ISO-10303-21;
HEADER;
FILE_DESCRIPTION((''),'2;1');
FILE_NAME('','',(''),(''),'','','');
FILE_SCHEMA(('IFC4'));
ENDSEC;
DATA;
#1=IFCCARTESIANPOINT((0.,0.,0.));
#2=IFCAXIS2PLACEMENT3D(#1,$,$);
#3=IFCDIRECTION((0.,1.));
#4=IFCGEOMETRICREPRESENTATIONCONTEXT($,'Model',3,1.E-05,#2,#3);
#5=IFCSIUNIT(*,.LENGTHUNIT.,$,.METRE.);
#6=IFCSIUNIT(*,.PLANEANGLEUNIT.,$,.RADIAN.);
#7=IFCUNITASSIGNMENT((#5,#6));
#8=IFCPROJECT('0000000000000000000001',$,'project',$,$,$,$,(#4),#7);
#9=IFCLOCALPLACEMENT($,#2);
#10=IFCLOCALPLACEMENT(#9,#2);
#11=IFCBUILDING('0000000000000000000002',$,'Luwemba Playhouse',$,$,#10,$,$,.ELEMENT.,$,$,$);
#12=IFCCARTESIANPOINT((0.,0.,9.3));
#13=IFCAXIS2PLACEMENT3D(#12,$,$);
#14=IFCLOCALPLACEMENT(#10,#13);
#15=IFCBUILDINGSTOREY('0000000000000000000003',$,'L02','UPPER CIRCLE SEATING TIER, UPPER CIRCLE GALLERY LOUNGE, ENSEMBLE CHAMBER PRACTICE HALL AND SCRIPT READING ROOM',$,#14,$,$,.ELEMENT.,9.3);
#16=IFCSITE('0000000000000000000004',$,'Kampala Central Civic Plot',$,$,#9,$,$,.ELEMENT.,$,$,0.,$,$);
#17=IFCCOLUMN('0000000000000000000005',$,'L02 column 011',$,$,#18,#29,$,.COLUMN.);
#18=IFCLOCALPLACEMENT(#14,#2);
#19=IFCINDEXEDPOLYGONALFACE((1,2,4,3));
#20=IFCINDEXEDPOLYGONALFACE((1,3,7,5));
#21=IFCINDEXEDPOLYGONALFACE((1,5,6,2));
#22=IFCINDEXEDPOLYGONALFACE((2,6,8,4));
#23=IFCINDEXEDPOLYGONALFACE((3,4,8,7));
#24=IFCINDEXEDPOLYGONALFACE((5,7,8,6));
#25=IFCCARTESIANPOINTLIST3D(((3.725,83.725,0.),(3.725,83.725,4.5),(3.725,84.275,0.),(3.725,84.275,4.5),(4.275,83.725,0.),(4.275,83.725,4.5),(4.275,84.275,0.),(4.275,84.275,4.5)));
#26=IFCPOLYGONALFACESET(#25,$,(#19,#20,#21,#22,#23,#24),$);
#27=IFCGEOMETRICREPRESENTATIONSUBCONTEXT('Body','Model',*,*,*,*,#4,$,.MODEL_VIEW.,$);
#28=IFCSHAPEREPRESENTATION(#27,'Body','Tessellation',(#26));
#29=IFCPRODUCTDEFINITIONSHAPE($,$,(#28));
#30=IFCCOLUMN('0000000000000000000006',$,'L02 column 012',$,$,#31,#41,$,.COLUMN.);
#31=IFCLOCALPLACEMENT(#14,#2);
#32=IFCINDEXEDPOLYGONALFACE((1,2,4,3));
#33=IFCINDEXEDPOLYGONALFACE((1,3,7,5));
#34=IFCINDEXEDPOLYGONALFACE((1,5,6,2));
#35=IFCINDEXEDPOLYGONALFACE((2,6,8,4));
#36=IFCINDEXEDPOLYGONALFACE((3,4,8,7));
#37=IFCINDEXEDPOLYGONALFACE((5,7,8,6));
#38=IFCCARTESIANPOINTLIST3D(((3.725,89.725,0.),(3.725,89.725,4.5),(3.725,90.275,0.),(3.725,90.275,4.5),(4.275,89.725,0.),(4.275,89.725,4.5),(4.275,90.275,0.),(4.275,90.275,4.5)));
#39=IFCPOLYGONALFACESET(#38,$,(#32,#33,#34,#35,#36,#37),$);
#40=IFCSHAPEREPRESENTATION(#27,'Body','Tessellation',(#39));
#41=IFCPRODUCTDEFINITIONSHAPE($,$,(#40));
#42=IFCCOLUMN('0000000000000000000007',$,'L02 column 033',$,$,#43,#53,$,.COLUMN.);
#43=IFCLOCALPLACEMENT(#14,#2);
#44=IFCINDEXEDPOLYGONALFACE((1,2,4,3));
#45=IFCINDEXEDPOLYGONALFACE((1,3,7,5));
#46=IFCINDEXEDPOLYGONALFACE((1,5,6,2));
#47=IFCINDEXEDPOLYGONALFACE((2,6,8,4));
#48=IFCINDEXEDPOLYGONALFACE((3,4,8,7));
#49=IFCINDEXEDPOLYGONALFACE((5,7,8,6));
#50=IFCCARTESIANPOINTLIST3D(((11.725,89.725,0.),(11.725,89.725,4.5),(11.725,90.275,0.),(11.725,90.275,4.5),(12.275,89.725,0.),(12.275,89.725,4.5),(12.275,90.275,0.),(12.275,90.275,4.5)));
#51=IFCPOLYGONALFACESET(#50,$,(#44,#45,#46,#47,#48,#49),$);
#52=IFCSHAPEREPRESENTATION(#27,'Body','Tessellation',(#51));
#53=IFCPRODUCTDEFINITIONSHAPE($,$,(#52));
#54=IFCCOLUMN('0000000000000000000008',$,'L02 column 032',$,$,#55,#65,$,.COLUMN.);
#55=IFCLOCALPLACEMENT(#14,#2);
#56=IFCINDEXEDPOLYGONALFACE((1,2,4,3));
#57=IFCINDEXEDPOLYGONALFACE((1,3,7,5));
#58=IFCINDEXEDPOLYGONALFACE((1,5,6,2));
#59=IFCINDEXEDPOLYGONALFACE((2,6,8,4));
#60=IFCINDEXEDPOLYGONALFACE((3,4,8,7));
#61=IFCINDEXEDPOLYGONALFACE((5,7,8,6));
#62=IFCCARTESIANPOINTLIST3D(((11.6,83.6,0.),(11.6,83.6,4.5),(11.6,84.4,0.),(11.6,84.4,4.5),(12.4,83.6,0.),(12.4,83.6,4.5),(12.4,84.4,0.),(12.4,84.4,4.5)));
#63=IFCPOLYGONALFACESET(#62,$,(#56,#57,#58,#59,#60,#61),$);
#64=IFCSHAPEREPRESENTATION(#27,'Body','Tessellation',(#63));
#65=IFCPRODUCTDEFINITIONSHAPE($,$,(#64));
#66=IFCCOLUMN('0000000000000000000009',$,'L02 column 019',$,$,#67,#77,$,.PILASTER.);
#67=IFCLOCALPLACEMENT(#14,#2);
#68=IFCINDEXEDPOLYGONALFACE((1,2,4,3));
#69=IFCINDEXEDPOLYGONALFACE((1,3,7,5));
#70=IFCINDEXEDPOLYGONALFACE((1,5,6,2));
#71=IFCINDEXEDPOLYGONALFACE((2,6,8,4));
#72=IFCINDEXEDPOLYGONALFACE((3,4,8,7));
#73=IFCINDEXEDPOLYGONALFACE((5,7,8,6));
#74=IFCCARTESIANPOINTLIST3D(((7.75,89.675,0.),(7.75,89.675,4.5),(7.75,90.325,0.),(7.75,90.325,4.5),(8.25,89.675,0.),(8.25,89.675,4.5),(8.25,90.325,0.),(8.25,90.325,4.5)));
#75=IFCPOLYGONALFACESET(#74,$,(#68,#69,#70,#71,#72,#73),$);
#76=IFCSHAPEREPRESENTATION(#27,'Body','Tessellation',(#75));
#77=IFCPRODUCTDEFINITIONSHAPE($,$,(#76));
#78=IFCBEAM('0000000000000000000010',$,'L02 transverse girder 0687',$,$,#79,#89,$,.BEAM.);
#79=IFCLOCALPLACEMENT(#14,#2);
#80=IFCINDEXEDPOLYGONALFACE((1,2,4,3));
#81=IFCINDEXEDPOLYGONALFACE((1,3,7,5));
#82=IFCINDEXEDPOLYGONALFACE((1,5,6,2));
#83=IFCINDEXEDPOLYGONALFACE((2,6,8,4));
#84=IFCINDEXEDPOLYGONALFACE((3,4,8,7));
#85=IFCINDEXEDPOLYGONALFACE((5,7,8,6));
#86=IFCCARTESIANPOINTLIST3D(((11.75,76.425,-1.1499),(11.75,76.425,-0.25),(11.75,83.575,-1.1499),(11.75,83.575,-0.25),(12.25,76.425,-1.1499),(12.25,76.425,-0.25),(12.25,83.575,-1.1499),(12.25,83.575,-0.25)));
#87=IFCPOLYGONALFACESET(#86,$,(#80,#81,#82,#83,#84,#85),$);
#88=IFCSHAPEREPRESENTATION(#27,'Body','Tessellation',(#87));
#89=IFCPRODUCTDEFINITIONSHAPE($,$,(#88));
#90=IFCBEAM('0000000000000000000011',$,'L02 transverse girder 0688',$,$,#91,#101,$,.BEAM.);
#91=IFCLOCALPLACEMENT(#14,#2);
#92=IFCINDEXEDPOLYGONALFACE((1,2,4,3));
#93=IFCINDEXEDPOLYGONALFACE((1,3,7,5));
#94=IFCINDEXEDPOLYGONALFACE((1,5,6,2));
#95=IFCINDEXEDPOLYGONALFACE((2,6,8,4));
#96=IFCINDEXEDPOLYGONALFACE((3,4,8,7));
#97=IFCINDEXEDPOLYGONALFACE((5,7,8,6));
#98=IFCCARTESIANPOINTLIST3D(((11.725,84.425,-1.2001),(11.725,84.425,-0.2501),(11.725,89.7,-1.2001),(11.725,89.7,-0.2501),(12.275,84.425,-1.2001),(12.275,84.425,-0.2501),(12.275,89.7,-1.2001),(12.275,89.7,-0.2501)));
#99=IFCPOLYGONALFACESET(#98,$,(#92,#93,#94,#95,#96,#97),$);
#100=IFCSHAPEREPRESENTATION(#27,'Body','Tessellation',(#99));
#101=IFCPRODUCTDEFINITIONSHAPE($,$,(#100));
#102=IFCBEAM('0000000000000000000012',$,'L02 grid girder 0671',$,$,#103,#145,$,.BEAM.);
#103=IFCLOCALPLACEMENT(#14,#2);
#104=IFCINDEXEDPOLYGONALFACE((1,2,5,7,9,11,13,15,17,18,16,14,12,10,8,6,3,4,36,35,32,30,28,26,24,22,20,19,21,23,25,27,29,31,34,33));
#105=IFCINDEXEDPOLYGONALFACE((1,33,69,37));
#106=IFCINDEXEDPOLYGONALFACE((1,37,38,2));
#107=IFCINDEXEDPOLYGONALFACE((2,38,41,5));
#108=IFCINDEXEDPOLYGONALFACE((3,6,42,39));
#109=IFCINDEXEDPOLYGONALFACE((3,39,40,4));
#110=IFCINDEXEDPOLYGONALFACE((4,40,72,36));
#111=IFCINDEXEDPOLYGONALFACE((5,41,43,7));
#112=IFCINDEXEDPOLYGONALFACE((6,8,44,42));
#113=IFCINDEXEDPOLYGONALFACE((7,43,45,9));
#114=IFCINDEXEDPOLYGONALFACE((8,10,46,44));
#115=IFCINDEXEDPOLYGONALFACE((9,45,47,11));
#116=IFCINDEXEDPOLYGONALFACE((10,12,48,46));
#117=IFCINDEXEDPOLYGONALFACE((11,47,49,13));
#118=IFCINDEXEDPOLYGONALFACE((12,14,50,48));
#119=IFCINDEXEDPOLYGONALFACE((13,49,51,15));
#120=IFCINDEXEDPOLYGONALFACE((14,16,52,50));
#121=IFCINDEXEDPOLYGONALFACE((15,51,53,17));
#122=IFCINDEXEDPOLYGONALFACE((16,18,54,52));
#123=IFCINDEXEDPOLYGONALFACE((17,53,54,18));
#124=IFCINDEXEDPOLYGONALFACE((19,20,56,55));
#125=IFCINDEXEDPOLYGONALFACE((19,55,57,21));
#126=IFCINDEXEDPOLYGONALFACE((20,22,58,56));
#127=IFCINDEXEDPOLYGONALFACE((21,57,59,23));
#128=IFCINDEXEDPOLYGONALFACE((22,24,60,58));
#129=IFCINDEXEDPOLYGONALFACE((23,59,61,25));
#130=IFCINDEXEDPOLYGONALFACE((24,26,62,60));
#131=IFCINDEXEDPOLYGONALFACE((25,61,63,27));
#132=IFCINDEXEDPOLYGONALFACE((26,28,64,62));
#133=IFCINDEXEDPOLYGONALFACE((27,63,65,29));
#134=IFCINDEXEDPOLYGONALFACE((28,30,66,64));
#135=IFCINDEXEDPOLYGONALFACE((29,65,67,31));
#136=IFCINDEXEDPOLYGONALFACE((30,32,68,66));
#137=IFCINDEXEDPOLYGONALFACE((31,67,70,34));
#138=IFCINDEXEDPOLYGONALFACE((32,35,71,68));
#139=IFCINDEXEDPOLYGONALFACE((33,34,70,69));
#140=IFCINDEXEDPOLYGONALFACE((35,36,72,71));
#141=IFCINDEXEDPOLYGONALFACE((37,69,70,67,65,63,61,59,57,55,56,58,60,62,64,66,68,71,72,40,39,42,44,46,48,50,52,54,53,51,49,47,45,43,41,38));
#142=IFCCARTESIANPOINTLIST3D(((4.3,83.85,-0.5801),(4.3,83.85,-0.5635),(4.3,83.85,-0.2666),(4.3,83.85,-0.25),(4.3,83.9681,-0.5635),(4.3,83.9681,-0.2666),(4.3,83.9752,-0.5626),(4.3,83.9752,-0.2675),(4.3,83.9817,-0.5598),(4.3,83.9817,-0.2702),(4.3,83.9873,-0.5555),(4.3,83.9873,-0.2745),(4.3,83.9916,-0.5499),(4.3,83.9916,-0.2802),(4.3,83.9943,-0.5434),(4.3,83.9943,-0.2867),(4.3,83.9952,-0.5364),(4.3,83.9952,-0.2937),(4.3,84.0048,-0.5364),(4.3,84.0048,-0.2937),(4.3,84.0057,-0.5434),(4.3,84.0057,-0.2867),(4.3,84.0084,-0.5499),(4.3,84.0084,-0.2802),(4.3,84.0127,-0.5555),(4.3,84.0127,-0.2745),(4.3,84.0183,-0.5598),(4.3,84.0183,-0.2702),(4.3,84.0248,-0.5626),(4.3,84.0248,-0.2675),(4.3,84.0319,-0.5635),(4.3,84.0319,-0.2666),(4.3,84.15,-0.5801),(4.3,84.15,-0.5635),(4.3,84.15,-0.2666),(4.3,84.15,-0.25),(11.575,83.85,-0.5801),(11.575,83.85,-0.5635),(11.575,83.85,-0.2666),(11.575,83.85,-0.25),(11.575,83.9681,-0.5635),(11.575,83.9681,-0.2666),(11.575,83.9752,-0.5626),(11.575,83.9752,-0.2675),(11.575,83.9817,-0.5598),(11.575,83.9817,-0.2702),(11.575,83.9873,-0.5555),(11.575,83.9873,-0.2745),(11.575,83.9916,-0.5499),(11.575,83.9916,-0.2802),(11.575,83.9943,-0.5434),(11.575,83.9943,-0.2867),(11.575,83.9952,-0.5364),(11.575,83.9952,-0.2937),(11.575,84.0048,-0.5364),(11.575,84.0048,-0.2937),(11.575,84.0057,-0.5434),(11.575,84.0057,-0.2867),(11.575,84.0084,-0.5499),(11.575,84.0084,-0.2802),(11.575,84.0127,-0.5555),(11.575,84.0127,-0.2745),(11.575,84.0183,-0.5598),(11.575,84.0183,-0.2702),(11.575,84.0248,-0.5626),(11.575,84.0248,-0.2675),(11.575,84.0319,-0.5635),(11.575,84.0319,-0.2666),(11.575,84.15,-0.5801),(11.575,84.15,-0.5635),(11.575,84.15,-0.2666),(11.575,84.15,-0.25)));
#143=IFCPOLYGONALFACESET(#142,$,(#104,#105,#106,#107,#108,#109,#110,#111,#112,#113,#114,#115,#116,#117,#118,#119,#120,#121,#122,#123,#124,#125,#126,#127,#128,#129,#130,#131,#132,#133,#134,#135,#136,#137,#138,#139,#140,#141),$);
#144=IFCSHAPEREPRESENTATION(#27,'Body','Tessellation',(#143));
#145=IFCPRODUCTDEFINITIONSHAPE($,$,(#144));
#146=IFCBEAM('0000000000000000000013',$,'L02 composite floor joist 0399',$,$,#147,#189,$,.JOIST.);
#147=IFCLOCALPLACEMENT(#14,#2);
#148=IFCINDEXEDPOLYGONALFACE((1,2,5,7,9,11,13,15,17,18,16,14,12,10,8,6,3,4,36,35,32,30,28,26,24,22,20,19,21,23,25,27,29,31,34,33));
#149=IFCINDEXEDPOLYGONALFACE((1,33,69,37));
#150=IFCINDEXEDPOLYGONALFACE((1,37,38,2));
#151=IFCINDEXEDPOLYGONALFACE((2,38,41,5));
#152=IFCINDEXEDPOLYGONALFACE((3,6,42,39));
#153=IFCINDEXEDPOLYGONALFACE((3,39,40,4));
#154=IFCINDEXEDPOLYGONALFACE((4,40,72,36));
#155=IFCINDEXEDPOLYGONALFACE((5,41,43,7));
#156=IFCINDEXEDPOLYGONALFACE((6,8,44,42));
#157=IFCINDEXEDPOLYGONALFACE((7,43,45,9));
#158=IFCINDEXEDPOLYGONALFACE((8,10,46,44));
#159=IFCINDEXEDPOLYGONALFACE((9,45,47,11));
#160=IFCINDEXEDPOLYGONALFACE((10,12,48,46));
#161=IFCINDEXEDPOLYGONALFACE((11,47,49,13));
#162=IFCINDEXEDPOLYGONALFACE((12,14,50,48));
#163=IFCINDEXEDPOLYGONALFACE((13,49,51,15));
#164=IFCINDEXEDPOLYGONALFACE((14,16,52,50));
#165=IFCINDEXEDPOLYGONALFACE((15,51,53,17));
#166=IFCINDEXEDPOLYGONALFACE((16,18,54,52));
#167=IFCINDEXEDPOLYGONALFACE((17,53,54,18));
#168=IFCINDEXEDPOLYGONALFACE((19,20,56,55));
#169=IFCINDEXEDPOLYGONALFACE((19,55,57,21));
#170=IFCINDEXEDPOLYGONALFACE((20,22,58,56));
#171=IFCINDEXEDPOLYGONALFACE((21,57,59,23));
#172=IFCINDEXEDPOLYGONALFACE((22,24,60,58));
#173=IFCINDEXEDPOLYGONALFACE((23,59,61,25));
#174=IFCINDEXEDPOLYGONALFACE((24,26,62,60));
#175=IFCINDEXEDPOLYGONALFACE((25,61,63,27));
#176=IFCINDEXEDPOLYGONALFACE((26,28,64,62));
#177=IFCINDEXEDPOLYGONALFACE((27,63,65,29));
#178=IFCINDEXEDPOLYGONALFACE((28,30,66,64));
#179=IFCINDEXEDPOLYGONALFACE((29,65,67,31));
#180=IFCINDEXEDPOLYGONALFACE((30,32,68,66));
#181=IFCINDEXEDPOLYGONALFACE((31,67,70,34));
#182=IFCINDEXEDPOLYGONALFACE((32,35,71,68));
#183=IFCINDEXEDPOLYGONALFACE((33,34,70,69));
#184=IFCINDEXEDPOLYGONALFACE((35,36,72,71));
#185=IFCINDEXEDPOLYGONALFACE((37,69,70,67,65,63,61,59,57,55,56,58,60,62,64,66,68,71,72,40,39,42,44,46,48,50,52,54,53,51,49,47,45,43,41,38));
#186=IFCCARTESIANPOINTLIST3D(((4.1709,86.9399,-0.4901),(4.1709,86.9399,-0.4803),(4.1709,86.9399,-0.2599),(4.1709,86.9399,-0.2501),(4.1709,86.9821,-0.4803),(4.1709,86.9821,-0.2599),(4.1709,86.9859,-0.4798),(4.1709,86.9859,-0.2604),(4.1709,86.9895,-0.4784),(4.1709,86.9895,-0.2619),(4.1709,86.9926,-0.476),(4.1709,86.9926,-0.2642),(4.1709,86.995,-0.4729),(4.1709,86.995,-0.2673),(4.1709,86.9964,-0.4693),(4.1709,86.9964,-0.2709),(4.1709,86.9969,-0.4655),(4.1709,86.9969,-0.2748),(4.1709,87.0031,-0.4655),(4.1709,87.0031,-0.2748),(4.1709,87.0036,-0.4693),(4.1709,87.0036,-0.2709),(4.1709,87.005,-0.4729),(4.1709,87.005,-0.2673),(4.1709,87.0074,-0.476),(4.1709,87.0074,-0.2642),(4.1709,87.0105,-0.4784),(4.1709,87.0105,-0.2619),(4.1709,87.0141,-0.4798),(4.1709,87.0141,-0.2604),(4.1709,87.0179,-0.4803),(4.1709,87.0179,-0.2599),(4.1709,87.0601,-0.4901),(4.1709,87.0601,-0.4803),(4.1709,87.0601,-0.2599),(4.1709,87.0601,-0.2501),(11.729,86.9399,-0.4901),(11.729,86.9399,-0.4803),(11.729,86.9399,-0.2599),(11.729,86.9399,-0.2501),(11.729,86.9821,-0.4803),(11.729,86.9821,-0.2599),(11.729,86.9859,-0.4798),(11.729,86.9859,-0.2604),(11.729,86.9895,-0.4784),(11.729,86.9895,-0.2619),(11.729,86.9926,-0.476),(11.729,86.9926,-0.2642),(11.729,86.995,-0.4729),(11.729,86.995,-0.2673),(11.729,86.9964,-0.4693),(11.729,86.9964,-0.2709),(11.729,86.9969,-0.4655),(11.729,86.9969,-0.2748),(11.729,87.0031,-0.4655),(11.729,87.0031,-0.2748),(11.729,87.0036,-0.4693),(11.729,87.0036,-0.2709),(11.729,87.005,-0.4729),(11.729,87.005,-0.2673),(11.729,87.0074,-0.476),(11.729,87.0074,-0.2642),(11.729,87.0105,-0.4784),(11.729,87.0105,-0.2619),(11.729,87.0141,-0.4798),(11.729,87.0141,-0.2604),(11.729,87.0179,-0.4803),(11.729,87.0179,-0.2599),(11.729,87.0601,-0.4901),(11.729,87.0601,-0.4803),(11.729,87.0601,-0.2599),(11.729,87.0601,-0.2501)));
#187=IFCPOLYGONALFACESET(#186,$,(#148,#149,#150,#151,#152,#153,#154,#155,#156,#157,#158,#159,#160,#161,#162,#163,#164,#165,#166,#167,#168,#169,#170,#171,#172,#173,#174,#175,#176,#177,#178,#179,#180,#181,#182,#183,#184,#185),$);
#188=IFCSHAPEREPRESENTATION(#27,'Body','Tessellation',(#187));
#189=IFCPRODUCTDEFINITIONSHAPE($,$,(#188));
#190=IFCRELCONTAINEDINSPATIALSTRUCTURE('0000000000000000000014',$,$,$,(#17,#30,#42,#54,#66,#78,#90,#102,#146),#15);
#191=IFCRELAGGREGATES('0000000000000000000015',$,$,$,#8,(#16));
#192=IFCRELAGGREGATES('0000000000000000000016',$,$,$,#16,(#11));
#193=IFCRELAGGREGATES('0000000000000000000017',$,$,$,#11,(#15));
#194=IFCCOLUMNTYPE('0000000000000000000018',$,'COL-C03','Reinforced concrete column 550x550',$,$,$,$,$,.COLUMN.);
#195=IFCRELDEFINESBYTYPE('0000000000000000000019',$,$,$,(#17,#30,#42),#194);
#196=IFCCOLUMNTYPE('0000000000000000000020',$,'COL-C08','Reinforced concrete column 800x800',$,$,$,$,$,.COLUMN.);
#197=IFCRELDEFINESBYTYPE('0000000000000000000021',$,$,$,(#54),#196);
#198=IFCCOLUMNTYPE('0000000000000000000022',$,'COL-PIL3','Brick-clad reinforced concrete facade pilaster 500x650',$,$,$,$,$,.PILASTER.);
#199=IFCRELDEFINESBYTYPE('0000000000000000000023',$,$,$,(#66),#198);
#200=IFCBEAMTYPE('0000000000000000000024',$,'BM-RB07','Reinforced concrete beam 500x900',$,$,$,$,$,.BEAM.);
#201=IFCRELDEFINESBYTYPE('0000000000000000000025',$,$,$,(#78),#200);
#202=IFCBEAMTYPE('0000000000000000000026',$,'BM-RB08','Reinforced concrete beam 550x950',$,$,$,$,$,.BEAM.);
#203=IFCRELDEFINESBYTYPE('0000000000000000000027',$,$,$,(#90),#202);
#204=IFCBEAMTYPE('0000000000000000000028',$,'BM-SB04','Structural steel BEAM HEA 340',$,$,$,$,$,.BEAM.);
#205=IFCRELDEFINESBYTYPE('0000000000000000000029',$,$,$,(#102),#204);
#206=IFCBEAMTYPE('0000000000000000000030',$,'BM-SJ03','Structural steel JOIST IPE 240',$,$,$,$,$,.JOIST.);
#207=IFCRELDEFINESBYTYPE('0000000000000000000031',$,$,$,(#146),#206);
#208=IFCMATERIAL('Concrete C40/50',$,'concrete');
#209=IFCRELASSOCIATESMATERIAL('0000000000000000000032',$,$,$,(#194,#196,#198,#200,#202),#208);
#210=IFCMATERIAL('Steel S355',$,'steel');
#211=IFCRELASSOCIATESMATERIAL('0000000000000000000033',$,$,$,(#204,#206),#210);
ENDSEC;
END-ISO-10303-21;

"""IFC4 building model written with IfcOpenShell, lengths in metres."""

from ifc_helpers import new_model, si_unit, direction, frame, origin, origin_2d, place, context, subcontext, project, spatial, rectangle, i_section, extrude, material, material_profile, profile_set, type_object, element, save


model = new_model("IFC4")

# Units and contexts
model_context = context("Model", 3, precision=1e-05, world=origin(), true_north=direction((0.0, 1.0)))
body_context = subcontext(model_context, "Body", "Model", "MODEL_VIEW")
ifc_project = project(units=[si_unit("LENGTHUNIT", "METRE"), si_unit("PLANEANGLEUNIT", "RADIAN")], contexts=[model_context])

# Site, building, storey
site_placement = place(None, origin())
site = spatial("IfcSite", under=ifc_project, at=site_placement, Name="Kampala Central Civic Plot", CompositionType="ELEMENT", RefElevation=0.0)
building_placement = place(site_placement, origin())
building = spatial("IfcBuilding", under=site, at=building_placement, Name="Luwemba Playhouse", CompositionType="ELEMENT")
storey_placement = place(building_placement, frame((0.0, 0.0, 9.3)))
storey = spatial("IfcBuildingStorey", under=building, at=storey_placement, Name="L02", Description="UPPER CIRCLE SEATING TIER, UPPER CIRCLE GALLERY LOUNGE, ENSEMBLE CHAMBER PRACTICE HALL AND SCRIPT READING ROOM", CompositionType="ELEMENT", Elevation=9.3)

# Columns
ifc_material_1 = material(Name="Concrete C40/50", Category="concrete")
ifc_material_profile_1 = material_profile(ifc_material_1, rectangle(XDim=0.55, YDim=0.55, at=origin_2d()))
ifc_profile_set_1 = profile_set([ifc_material_profile_1], Name="Concrete C40/50")
column_type_1 = type_object("IfcColumnType", Name="COL-C03", Description="Reinforced concrete column 550x550", PredefinedType="COLUMN", material=ifc_profile_set_1)
for number, where, z_axis, x_axis, name in (
    (1, (4.0, 84.0, 0.0), (0.0, 0.0, 1.0), (1.0, 0.0, 0.0), "L02 column 011"),
    (2, (4.0, 90.0, 0.0), (0.0, 0.0, 1.0), (1.0, 0.0, 0.0), "L02 column 012"),
    (3, (12.0, 90.0, 0.0), (0.0, 0.0, 1.0), (1.0, 0.0, 0.0), "L02 column 033"),
):
    element("IfcColumn", number, at=place(storey_placement, frame(where, z_axis=z_axis, x_axis=x_axis)), inside=storey, type_object=column_type_1, Name=name, PredefinedType="COLUMN", context=body_context, shape_type="SweptSolid", body=[
        extrude(rectangle(XDim=0.55, YDim=0.55, at=origin_2d()), origin(), (0.0, 0.0, 1.0), 4.5),
    ])
ifc_material_profile_2 = material_profile(ifc_material_1, rectangle(XDim=0.8, YDim=0.8, at=origin_2d()))
ifc_profile_set_2 = profile_set([ifc_material_profile_2], Name="Concrete C40/50")
column_type_2 = type_object("IfcColumnType", Name="COL-C08", Description="Reinforced concrete column 800x800", PredefinedType="COLUMN", material=ifc_profile_set_2)
column_1_placement = place(storey_placement, frame((12.0, 84.0, 0.0), z_axis=(0.0, 0.0, 1.0), x_axis=(1.0, 0.0, 0.0)))
element("IfcColumn", 4, at=column_1_placement, inside=storey, type_object=column_type_2, Name="L02 column 032", PredefinedType="COLUMN", context=body_context, shape_type="SweptSolid", body=[
    extrude(rectangle(XDim=0.8, YDim=0.8, at=origin_2d()), origin(), (0.0, 0.0, 1.0), 4.5),
])
ifc_material_profile_3 = material_profile(ifc_material_1, rectangle(XDim=0.5, YDim=0.6499, at=origin_2d()))
ifc_profile_set_3 = profile_set([ifc_material_profile_3], Name="Concrete C40/50")
column_type_3 = type_object("IfcColumnType", Name="COL-PIL3", Description="Brick-clad reinforced concrete facade pilaster 500x650", PredefinedType="PILASTER", material=ifc_profile_set_3)
column_2_placement = place(storey_placement, frame((8.0, 90.0, 0.0), z_axis=(0.0, 0.0, 1.0), x_axis=(1.0, 0.0, 0.0)))
element("IfcColumn", 5, at=column_2_placement, inside=storey, type_object=column_type_3, Name="L02 column 019", PredefinedType="PILASTER", context=body_context, shape_type="SweptSolid", body=[
    extrude(rectangle(XDim=0.5, YDim=0.6499, at=origin_2d()), origin(), (0.0, 0.0, 1.0), 4.5),
])

# Beams
ifc_material_profile_4 = material_profile(ifc_material_1, rectangle(XDim=0.5, YDim=0.8999, at=origin_2d()))
ifc_profile_set_4 = profile_set([ifc_material_profile_4], Name="Concrete C40/50")
beam_type_1 = type_object("IfcBeamType", Name="BM-RB07", Description="Reinforced concrete beam 500x900", PredefinedType="BEAM", material=ifc_profile_set_4)
beam_1_placement = place(storey_placement, frame((12.0, 76.425, -0.7), z_axis=(0.0, 1.0, 0.0), x_axis=(-1.0, 0.0, 0.0)))
element("IfcBeam", 6, at=beam_1_placement, inside=storey, type_object=beam_type_1, Name="L02 transverse girder 0687", PredefinedType="BEAM", context=body_context, shape_type="SweptSolid", body=[
    extrude(rectangle(XDim=0.5, YDim=0.8999, at=origin_2d()), origin(), (0.0, 0.0, 1.0), 7.1499),
])
ifc_material_profile_5 = material_profile(ifc_material_1, rectangle(XDim=0.55, YDim=0.95, at=origin_2d()))
ifc_profile_set_5 = profile_set([ifc_material_profile_5], Name="Concrete C40/50")
beam_type_2 = type_object("IfcBeamType", Name="BM-RB08", Description="Reinforced concrete beam 550x950", PredefinedType="BEAM", material=ifc_profile_set_5)
beam_2_placement = place(storey_placement, frame((12.0, 84.425, -0.7251), z_axis=(0.0, 1.0, 0.0), x_axis=(-1.0, 0.0, 0.0)))
element("IfcBeam", 7, at=beam_2_placement, inside=storey, type_object=beam_type_2, Name="L02 transverse girder 0688", PredefinedType="BEAM", context=body_context, shape_type="SweptSolid", body=[
    extrude(rectangle(XDim=0.55, YDim=0.95, at=origin_2d()), origin(), (0.0, 0.0, 1.0), 5.2749),
])
ifc_material_2 = material(Name="Steel S355", Category="steel")
ifc_material_profile_6 = material_profile(ifc_material_2, i_section(OverallWidth=0.3, OverallDepth=0.3301, WebThickness=0.0095, FlangeThickness=0.0166, FilletRadius=0.0271, at=origin_2d()))
ifc_profile_set_6 = profile_set([ifc_material_profile_6], Name="Steel S355")
beam_type_3 = type_object("IfcBeamType", Name="BM-SB04", Description="Structural steel BEAM HEA 340", PredefinedType="BEAM", material=ifc_profile_set_6)
beam_3_placement = place(storey_placement, frame((4.3, 84.0, -0.415), z_axis=(1.0, 0.0, 0.0), x_axis=(0.0, 1.0, 0.0)))
element("IfcBeam", 8, at=beam_3_placement, inside=storey, type_object=beam_type_3, Name="L02 grid girder 0671", PredefinedType="BEAM", context=body_context, shape_type="SweptSolid", body=[
    extrude(i_section(OverallWidth=0.3, OverallDepth=0.3301, WebThickness=0.0095, FlangeThickness=0.0166, FilletRadius=0.0271, at=origin_2d()), origin(), (0.0, 0.0, 1.0), 7.2749),
])
ifc_material_profile_7 = material_profile(ifc_material_2, i_section(OverallWidth=0.1201, OverallDepth=0.24, WebThickness=0.0061, FlangeThickness=0.0098, FilletRadius=0.0149, at=origin_2d()))
ifc_profile_set_7 = profile_set([ifc_material_profile_7], Name="Steel S355")
beam_type_4 = type_object("IfcBeamType", Name="BM-SJ03", Description="Structural steel JOIST IPE 240", PredefinedType="JOIST", material=ifc_profile_set_7)
beam_4_placement = place(storey_placement, frame((4.1709, 87.0, -0.3701), z_axis=(1.0, 0.0, 0.0), x_axis=(0.0, 1.0, 0.0)))
element("IfcBeam", 9, at=beam_4_placement, inside=storey, type_object=beam_type_4, Name="L02 composite floor joist 0399", PredefinedType="JOIST", context=body_context, shape_type="SweptSolid", body=[
    extrude(i_section(OverallWidth=0.1201, OverallDepth=0.24, WebThickness=0.0061, FlangeThickness=0.0098, FilletRadius=0.0149, at=origin_2d()), origin(), (0.0, 0.0, 1.0), 7.5581),
])

save(model, "model.ifc")
